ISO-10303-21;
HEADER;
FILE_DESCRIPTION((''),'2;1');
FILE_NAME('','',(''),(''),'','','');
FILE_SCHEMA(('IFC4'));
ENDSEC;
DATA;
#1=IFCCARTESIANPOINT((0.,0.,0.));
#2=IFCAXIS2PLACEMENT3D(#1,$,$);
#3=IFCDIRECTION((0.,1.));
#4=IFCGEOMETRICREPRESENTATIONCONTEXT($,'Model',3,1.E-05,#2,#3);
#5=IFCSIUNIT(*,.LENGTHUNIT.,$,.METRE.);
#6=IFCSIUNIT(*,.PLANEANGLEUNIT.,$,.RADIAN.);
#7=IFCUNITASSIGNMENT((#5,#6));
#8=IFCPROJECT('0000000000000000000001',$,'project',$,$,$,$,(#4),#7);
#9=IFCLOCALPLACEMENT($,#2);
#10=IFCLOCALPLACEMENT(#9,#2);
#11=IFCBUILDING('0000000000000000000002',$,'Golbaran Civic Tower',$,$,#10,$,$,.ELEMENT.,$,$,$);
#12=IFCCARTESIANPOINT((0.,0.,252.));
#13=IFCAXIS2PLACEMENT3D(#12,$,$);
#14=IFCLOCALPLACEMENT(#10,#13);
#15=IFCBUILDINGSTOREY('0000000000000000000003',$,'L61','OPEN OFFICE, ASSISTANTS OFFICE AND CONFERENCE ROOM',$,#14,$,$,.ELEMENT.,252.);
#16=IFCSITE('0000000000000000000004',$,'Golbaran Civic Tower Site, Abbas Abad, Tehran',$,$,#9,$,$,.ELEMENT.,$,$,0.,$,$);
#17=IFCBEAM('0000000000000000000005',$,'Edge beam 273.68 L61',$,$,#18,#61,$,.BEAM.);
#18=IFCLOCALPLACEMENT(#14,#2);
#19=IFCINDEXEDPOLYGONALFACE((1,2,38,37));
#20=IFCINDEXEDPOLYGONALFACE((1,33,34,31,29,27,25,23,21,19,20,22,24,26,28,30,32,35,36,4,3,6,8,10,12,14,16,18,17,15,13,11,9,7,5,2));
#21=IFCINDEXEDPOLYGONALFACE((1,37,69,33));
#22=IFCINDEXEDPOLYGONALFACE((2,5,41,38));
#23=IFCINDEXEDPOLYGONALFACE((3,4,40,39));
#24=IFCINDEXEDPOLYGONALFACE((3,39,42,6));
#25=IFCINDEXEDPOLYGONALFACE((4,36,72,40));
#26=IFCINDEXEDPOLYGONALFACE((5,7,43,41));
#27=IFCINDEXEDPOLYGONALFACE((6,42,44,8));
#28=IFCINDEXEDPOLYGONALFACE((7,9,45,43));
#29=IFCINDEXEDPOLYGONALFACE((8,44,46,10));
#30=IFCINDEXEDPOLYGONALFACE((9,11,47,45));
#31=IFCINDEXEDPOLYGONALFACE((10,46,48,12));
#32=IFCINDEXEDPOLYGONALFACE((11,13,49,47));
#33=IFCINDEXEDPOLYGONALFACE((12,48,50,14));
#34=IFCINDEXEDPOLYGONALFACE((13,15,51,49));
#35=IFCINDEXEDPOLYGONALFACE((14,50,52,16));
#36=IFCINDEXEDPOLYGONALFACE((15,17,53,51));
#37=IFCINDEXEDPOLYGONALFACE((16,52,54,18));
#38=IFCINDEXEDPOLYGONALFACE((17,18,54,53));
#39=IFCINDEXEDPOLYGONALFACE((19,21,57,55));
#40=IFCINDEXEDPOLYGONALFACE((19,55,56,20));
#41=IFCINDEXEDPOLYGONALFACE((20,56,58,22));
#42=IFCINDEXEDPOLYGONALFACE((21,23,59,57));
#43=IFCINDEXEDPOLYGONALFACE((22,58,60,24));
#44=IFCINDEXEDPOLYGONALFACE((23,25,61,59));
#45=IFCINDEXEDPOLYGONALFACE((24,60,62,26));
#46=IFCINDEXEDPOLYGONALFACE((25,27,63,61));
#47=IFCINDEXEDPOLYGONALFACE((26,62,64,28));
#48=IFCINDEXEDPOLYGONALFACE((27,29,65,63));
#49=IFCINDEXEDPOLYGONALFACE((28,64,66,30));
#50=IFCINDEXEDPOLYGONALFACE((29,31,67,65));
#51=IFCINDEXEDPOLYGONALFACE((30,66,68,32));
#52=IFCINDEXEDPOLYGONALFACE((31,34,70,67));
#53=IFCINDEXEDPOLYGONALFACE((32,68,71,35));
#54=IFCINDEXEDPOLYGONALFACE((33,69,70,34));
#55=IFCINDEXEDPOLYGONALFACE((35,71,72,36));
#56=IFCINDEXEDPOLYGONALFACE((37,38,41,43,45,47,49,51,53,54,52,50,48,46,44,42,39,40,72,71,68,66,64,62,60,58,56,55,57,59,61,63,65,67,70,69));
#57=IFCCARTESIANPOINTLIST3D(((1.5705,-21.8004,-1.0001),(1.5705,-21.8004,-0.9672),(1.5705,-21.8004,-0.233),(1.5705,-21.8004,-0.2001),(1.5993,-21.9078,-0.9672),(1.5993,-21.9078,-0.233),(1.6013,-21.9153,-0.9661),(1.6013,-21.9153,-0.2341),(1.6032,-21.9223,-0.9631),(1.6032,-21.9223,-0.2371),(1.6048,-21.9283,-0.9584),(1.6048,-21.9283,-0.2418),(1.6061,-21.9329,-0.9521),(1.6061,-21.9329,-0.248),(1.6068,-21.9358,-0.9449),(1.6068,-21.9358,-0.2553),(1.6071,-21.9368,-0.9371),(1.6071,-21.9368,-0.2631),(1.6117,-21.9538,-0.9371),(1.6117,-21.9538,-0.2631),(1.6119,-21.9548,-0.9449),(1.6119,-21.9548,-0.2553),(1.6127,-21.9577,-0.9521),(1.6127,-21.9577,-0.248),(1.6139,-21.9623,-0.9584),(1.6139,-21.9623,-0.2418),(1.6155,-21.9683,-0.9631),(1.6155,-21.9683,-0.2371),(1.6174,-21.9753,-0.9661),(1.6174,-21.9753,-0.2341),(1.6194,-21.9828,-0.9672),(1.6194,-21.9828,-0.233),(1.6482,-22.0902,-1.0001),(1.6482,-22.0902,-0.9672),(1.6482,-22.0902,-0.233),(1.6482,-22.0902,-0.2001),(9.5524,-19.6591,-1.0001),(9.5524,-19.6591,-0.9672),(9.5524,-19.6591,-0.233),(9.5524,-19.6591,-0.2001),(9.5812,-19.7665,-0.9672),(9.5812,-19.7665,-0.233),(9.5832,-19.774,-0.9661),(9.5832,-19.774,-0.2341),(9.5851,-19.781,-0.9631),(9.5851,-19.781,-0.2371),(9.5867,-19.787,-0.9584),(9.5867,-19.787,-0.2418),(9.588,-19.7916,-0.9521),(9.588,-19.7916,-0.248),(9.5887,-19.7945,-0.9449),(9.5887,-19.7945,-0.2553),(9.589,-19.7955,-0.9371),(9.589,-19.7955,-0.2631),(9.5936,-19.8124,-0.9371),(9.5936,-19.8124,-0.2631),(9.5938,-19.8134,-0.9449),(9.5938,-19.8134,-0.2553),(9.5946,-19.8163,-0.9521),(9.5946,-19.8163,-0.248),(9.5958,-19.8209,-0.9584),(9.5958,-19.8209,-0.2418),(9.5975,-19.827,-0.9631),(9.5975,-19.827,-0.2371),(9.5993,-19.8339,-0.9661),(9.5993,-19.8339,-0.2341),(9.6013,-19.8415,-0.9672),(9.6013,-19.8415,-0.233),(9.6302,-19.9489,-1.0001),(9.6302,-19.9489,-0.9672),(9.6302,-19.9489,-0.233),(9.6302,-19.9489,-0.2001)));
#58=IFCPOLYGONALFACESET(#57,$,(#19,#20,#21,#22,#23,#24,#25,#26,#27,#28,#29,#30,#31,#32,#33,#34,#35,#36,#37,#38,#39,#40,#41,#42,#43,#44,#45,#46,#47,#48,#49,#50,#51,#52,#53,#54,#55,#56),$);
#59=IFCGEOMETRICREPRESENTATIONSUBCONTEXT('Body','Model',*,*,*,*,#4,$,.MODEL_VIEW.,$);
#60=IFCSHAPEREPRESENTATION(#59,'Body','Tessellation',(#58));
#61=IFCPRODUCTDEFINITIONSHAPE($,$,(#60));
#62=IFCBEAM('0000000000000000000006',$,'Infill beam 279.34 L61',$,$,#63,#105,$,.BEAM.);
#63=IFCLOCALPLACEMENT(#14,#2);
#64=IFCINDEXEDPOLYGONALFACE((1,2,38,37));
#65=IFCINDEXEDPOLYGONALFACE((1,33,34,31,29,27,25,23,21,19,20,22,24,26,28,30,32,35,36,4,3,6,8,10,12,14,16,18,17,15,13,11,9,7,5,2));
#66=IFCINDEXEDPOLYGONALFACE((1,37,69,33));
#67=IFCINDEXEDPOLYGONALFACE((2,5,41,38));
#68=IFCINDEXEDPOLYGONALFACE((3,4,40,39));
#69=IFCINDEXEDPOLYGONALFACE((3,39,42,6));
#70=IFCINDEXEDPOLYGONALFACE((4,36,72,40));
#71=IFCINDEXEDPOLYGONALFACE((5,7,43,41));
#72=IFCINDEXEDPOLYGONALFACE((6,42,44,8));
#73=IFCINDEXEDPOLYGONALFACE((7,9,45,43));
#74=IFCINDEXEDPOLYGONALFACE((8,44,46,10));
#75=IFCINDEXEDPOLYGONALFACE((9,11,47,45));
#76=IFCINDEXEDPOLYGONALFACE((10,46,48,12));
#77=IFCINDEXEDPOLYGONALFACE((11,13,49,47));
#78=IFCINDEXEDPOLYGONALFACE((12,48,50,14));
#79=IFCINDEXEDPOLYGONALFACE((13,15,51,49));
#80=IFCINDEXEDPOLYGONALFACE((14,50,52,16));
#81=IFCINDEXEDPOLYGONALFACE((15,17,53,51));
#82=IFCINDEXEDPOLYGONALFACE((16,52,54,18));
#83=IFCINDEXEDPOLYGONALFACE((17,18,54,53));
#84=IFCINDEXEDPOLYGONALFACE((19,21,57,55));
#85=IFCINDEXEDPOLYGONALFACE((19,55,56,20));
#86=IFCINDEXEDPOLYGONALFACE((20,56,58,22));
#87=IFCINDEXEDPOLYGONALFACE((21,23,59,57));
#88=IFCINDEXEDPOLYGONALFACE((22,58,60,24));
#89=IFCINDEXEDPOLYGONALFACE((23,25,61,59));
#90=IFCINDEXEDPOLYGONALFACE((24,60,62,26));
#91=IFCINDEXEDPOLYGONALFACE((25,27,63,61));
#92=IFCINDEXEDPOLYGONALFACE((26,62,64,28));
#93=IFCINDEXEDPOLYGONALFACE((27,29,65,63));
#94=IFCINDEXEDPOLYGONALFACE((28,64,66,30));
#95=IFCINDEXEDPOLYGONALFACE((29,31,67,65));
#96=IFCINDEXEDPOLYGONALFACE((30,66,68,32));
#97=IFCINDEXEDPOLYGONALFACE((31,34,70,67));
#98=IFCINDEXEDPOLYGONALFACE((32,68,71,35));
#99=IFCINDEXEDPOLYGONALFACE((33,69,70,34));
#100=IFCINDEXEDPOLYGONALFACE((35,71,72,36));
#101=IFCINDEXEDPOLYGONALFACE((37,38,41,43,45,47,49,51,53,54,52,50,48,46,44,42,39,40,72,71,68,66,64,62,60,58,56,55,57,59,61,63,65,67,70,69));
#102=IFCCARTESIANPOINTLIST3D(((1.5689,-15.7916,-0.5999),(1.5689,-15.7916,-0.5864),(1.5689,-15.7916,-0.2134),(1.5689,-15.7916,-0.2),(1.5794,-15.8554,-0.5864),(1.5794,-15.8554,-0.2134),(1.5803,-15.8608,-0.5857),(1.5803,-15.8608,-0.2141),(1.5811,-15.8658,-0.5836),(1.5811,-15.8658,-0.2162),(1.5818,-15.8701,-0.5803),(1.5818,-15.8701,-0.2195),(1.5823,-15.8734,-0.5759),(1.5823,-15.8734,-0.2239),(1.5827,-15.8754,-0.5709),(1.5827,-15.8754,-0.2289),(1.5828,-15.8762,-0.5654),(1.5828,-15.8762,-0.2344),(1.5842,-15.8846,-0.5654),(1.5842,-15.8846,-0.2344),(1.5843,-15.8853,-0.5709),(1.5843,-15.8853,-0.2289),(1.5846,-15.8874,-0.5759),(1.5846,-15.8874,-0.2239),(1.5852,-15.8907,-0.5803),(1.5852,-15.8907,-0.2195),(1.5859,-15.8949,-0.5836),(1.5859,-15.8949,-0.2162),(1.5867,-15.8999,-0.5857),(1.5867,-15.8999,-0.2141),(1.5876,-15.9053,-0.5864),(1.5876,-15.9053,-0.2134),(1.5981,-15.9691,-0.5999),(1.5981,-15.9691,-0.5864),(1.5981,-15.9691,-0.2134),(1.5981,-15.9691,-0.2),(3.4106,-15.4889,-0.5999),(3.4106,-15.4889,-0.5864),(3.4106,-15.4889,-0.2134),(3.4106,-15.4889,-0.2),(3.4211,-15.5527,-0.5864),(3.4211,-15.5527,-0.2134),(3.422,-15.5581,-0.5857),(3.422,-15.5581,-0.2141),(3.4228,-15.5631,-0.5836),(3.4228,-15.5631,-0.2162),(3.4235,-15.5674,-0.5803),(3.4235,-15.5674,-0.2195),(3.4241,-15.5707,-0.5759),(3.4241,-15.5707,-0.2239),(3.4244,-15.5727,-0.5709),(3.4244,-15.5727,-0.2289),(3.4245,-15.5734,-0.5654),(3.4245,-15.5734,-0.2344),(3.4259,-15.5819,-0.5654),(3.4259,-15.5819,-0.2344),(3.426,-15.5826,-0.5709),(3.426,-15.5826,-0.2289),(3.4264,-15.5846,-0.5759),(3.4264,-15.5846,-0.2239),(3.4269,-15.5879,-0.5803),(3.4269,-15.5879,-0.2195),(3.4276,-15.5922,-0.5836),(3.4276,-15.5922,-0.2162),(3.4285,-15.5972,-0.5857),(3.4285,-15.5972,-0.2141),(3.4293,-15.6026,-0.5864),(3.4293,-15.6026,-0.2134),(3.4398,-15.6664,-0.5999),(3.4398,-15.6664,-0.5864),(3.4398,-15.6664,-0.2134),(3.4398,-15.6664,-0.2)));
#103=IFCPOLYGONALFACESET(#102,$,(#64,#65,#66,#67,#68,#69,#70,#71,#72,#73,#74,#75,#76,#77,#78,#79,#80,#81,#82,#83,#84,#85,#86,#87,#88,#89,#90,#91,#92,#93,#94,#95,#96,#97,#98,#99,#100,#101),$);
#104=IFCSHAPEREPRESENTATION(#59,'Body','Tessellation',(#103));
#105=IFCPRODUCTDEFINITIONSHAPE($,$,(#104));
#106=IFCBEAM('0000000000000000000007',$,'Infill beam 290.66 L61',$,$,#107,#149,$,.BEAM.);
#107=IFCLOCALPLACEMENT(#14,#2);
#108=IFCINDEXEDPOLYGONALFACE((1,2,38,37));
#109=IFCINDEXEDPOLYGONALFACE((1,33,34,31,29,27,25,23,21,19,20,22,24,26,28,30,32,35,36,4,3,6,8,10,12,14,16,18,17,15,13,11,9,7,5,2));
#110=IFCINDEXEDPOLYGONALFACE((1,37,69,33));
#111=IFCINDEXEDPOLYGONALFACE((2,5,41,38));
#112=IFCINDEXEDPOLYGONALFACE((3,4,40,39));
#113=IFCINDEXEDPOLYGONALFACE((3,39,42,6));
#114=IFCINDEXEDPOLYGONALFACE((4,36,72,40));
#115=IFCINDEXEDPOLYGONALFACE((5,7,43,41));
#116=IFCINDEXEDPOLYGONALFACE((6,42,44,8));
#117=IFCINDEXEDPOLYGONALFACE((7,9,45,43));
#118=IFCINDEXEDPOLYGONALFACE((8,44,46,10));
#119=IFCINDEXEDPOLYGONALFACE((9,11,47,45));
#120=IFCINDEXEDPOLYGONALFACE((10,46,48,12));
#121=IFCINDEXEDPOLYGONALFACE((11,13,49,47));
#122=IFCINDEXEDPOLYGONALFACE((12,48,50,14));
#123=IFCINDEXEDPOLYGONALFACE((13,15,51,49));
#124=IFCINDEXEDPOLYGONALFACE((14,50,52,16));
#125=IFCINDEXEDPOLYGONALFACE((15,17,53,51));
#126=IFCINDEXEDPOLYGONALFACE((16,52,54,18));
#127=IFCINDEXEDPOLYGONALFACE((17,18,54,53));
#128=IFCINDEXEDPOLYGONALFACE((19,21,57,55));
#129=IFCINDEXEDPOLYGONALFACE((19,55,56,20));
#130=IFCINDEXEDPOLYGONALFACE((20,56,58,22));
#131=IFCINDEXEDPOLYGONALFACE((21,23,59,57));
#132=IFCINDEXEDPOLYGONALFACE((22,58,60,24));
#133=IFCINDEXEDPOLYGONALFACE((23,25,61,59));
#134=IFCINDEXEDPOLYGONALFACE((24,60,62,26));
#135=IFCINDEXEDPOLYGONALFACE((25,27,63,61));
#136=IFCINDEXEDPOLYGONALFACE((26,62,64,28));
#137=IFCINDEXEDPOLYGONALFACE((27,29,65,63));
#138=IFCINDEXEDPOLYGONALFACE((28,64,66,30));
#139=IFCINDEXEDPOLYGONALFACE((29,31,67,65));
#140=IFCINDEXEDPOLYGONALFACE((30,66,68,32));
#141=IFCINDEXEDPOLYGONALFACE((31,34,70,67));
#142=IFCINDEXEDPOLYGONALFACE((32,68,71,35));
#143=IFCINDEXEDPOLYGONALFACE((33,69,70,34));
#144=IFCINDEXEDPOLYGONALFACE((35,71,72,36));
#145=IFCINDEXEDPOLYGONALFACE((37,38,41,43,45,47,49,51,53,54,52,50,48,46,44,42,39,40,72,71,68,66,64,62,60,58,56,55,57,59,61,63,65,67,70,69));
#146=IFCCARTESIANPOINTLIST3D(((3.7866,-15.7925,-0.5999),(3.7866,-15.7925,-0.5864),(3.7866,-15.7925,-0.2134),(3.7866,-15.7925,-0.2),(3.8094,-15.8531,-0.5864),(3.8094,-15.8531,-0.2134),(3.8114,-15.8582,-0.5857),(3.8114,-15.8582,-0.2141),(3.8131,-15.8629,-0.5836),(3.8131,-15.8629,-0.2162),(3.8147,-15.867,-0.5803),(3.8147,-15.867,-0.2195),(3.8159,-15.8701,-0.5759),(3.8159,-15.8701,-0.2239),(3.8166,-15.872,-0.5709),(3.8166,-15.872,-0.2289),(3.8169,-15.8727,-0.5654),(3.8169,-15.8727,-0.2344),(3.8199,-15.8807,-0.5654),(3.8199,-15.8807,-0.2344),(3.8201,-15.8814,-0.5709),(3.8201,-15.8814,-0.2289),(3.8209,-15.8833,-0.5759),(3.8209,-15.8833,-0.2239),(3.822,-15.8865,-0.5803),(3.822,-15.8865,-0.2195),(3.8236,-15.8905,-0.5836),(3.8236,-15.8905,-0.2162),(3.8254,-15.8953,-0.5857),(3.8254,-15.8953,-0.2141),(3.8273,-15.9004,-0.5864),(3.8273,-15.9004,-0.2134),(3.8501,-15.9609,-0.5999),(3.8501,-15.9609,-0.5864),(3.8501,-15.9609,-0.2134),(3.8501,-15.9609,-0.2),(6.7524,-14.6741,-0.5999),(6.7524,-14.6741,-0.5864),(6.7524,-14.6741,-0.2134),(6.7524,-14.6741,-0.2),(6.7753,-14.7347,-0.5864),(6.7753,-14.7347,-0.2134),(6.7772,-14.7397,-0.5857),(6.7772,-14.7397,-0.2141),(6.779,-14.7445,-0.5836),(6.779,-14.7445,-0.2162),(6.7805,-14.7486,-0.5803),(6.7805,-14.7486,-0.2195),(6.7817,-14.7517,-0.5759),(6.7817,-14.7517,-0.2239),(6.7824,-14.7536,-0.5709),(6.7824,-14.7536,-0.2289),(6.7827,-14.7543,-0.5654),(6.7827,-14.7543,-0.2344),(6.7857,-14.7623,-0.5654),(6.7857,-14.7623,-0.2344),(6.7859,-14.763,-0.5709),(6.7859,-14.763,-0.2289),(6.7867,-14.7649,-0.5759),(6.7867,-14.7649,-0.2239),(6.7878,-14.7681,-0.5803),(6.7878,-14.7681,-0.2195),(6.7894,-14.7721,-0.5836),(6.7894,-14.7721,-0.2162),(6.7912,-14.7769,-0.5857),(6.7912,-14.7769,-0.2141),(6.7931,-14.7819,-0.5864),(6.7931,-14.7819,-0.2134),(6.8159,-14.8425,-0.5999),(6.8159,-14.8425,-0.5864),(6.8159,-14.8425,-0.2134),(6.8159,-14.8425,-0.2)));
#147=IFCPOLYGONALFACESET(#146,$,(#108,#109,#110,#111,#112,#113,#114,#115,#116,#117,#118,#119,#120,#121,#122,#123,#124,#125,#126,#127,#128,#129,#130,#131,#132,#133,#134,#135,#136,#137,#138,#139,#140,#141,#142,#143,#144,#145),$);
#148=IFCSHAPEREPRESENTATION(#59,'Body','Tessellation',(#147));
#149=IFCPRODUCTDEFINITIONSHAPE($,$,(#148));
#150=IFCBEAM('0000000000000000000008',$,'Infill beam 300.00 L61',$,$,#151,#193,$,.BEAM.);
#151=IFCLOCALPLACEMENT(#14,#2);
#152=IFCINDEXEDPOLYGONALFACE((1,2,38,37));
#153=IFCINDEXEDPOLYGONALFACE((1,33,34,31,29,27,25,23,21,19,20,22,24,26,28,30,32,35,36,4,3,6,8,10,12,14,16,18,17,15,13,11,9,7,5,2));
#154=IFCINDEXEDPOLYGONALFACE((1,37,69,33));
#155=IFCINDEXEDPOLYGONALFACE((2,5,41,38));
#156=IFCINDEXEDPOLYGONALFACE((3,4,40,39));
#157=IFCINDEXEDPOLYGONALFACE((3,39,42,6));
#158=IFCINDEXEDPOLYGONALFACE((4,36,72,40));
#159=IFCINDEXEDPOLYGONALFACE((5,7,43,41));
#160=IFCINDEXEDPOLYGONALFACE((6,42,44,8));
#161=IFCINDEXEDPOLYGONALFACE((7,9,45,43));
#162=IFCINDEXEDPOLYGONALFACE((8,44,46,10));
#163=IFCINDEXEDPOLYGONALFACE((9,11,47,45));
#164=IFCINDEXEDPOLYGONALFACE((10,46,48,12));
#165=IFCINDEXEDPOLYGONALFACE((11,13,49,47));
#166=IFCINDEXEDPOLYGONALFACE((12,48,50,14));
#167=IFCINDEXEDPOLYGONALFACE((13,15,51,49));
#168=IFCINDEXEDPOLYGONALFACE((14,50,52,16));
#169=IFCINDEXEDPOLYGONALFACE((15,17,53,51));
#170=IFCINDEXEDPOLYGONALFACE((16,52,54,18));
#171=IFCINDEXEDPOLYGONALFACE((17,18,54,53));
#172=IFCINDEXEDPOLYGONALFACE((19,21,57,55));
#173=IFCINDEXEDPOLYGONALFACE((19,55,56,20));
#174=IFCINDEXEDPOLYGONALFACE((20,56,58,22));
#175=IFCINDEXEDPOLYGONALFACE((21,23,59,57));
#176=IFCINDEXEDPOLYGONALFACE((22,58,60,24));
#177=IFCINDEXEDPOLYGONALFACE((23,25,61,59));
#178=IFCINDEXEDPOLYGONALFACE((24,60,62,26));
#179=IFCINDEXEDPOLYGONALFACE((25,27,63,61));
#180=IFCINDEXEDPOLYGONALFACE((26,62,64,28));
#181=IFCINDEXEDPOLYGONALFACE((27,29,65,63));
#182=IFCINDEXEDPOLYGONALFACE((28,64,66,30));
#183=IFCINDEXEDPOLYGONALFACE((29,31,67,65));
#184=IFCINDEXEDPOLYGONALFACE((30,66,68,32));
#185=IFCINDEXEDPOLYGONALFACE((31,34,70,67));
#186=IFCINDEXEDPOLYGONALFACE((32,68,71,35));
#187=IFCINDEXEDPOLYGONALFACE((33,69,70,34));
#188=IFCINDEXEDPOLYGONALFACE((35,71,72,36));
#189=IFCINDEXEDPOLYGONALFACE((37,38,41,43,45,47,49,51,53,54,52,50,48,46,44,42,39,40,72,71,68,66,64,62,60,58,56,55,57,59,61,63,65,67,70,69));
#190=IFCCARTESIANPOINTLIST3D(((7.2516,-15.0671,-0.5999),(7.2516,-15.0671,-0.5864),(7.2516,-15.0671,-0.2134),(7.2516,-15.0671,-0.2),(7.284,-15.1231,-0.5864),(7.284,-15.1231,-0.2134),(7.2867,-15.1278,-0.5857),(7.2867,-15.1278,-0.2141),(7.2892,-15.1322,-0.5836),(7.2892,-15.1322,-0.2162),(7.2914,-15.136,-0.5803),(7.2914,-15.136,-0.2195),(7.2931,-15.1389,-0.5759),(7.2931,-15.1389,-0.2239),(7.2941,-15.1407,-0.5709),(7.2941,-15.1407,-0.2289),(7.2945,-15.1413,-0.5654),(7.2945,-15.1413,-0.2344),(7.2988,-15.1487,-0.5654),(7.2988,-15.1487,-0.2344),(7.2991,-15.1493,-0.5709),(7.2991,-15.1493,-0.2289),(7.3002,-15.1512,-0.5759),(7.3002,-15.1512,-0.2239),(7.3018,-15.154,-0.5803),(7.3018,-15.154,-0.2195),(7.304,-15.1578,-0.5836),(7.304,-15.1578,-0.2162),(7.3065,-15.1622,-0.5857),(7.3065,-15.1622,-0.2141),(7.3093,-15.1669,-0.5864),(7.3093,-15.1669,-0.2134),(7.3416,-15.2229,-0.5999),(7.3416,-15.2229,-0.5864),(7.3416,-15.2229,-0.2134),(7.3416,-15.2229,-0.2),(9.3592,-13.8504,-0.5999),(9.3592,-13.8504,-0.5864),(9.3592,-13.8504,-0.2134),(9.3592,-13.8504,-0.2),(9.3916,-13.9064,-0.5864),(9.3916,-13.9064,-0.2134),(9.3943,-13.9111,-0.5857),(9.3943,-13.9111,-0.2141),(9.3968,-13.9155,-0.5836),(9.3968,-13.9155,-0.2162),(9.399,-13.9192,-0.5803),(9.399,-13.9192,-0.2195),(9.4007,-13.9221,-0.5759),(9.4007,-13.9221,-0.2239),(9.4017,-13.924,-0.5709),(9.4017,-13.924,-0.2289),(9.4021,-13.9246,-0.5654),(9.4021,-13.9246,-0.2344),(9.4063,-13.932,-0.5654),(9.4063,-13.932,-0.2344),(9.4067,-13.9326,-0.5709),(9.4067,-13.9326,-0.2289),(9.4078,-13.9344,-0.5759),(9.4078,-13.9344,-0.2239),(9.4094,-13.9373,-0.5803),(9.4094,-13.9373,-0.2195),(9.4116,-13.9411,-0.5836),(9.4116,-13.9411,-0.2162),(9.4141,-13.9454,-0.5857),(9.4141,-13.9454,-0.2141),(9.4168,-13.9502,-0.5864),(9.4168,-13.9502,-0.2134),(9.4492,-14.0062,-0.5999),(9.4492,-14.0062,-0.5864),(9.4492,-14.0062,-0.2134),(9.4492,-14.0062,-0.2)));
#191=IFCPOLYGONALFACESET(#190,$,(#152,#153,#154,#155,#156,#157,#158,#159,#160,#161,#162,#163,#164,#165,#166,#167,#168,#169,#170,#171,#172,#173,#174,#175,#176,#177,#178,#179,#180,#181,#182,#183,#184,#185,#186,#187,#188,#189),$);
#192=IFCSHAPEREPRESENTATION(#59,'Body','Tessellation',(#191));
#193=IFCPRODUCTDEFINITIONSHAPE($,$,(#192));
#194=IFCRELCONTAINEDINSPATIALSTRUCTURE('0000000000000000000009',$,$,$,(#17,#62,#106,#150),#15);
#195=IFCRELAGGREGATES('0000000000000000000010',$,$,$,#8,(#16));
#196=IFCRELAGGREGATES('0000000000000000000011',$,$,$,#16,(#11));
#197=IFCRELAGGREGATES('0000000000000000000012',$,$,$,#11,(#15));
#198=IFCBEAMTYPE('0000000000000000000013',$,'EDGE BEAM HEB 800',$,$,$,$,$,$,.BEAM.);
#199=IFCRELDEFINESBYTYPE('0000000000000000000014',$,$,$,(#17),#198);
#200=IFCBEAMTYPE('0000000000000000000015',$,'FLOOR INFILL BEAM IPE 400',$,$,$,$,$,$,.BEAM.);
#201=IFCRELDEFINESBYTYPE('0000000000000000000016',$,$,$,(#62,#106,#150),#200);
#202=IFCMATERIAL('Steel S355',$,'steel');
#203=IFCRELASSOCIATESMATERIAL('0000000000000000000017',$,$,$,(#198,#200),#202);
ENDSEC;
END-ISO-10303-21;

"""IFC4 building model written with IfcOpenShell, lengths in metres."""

from ifc_helpers import new_model, si_unit, direction, frame, origin, origin_2d, place, context, subcontext, project, spatial, i_section, extrude, material, material_profile, profile_set, type_object, element, save


model = new_model("IFC4")

# Units and contexts
model_context = context("Model", 3, precision=1e-05, world=origin(), true_north=direction((0.0, 1.0)))
body_context = subcontext(model_context, "Body", "Model", "MODEL_VIEW")
ifc_project = project(units=[si_unit("LENGTHUNIT", "METRE"), si_unit("PLANEANGLEUNIT", "RADIAN")], contexts=[model_context])

# Site, building, storey
site_placement = place(None, origin())
site = spatial("IfcSite", under=ifc_project, at=site_placement, Name="Golbaran Civic Tower Site, Abbas Abad, Tehran", CompositionType="ELEMENT", RefElevation=0.0)
building_placement = place(site_placement, origin())
building = spatial("IfcBuilding", under=site, at=building_placement, Name="Golbaran Civic Tower", CompositionType="ELEMENT")
storey_placement = place(building_placement, frame((0.0, 0.0, 252.0)))
storey = spatial("IfcBuildingStorey", under=building, at=storey_placement, Name="L61", Description="OPEN OFFICE, ASSISTANTS OFFICE AND CONFERENCE ROOM", CompositionType="ELEMENT", Elevation=252.0)

# Beams
ifc_material_1 = material(Name="Steel S355", Category="steel")
ifc_material_profile_1 = material_profile(ifc_material_1, i_section(OverallWidth=0.3, OverallDepth=0.8, WebThickness=0.0176, FlangeThickness=0.033, FilletRadius=0.03, at=origin_2d()), Name="HEB 800")
ifc_profile_set_1 = profile_set([ifc_material_profile_1], Name="Steel S355")
beam_type_1 = type_object("IfcBeamType", Name="EDGE BEAM HEB 800", PredefinedType="BEAM", material=ifc_profile_set_1)
beam_1_placement = place(storey_placement, frame((1.6094, -21.9453, -0.6001), z_axis=(0.965847, 0.259113, 0.0), x_axis=(-0.259113, 0.965847, 0.0)))
element("IfcBeam", 1, at=beam_1_placement, inside=storey, type_object=beam_type_1, Name="Edge beam 273.68 L61", PredefinedType="BEAM", context=body_context, shape_type="SweptSolid", body=[
    extrude(i_section(OverallWidth=0.3, OverallDepth=0.8, WebThickness=0.0176, FlangeThickness=0.033, FilletRadius=0.03, at=origin_2d()), origin(), (0.0, 0.0, 1.0), 8.2642),
])
ifc_material_profile_2 = material_profile(ifc_material_1, i_section(OverallWidth=0.1799, OverallDepth=0.3999, WebThickness=0.0085, FlangeThickness=0.0134, FilletRadius=0.021, at=origin_2d()), Name="IPE 400")
ifc_profile_set_2 = profile_set([ifc_material_profile_2], Name="Steel S355")
beam_type_2 = type_object("IfcBeamType", Name="FLOOR INFILL BEAM IPE 400", PredefinedType="BEAM", material=ifc_profile_set_2)
beam_2_placement = place(storey_placement, frame((1.5835, -15.8804, -0.3999), z_axis=(0.986759, 0.162193, 0.0), x_axis=(-0.162193, 0.986759, 0.0)))
element("IfcBeam", 2, at=beam_2_placement, inside=storey, type_object=beam_type_2, Name="Infill beam 279.34 L61", PredefinedType="BEAM", context=body_context, shape_type="SweptSolid", body=[
    extrude(i_section(OverallWidth=0.1799, OverallDepth=0.3999, WebThickness=0.0085, FlangeThickness=0.0134, FilletRadius=0.021, at=origin_2d()), origin(), (0.0, 0.0, 1.0), 1.8665),
])
beam_3_placement = place(storey_placement, frame((3.8184, -15.8767, -0.3999), z_axis=(0.935682, 0.352845, 0.0), x_axis=(-0.352845, 0.935682, 0.0)))
element("IfcBeam", 3, at=beam_3_placement, inside=storey, type_object=beam_type_2, Name="Infill beam 290.66 L61", PredefinedType="BEAM", context=body_context, shape_type="SweptSolid", body=[
    extrude(i_section(OverallWidth=0.1799, OverallDepth=0.3999, WebThickness=0.0085, FlangeThickness=0.0134, FilletRadius=0.021, at=origin_2d()), origin(), (0.0, 0.0, 1.0), 3.1697),
])
beam_4_placement = place(storey_placement, frame((7.2966, -15.145, -0.3999), z_axis=(0.866037, 0.49998, 0.0), x_axis=(-0.49998, 0.866037, 0.0)))
element("IfcBeam", 4, at=beam_4_placement, inside=storey, type_object=beam_type_2, Name="Infill beam 300.00 L61", PredefinedType="BEAM", context=body_context, shape_type="SweptSolid", body=[
    extrude(i_section(OverallWidth=0.1799, OverallDepth=0.3999, WebThickness=0.0085, FlangeThickness=0.0134, FilletRadius=0.021, at=origin_2d()), origin(), (0.0, 0.0, 1.0), 2.4336),
])

save(model, "model.ifc")
